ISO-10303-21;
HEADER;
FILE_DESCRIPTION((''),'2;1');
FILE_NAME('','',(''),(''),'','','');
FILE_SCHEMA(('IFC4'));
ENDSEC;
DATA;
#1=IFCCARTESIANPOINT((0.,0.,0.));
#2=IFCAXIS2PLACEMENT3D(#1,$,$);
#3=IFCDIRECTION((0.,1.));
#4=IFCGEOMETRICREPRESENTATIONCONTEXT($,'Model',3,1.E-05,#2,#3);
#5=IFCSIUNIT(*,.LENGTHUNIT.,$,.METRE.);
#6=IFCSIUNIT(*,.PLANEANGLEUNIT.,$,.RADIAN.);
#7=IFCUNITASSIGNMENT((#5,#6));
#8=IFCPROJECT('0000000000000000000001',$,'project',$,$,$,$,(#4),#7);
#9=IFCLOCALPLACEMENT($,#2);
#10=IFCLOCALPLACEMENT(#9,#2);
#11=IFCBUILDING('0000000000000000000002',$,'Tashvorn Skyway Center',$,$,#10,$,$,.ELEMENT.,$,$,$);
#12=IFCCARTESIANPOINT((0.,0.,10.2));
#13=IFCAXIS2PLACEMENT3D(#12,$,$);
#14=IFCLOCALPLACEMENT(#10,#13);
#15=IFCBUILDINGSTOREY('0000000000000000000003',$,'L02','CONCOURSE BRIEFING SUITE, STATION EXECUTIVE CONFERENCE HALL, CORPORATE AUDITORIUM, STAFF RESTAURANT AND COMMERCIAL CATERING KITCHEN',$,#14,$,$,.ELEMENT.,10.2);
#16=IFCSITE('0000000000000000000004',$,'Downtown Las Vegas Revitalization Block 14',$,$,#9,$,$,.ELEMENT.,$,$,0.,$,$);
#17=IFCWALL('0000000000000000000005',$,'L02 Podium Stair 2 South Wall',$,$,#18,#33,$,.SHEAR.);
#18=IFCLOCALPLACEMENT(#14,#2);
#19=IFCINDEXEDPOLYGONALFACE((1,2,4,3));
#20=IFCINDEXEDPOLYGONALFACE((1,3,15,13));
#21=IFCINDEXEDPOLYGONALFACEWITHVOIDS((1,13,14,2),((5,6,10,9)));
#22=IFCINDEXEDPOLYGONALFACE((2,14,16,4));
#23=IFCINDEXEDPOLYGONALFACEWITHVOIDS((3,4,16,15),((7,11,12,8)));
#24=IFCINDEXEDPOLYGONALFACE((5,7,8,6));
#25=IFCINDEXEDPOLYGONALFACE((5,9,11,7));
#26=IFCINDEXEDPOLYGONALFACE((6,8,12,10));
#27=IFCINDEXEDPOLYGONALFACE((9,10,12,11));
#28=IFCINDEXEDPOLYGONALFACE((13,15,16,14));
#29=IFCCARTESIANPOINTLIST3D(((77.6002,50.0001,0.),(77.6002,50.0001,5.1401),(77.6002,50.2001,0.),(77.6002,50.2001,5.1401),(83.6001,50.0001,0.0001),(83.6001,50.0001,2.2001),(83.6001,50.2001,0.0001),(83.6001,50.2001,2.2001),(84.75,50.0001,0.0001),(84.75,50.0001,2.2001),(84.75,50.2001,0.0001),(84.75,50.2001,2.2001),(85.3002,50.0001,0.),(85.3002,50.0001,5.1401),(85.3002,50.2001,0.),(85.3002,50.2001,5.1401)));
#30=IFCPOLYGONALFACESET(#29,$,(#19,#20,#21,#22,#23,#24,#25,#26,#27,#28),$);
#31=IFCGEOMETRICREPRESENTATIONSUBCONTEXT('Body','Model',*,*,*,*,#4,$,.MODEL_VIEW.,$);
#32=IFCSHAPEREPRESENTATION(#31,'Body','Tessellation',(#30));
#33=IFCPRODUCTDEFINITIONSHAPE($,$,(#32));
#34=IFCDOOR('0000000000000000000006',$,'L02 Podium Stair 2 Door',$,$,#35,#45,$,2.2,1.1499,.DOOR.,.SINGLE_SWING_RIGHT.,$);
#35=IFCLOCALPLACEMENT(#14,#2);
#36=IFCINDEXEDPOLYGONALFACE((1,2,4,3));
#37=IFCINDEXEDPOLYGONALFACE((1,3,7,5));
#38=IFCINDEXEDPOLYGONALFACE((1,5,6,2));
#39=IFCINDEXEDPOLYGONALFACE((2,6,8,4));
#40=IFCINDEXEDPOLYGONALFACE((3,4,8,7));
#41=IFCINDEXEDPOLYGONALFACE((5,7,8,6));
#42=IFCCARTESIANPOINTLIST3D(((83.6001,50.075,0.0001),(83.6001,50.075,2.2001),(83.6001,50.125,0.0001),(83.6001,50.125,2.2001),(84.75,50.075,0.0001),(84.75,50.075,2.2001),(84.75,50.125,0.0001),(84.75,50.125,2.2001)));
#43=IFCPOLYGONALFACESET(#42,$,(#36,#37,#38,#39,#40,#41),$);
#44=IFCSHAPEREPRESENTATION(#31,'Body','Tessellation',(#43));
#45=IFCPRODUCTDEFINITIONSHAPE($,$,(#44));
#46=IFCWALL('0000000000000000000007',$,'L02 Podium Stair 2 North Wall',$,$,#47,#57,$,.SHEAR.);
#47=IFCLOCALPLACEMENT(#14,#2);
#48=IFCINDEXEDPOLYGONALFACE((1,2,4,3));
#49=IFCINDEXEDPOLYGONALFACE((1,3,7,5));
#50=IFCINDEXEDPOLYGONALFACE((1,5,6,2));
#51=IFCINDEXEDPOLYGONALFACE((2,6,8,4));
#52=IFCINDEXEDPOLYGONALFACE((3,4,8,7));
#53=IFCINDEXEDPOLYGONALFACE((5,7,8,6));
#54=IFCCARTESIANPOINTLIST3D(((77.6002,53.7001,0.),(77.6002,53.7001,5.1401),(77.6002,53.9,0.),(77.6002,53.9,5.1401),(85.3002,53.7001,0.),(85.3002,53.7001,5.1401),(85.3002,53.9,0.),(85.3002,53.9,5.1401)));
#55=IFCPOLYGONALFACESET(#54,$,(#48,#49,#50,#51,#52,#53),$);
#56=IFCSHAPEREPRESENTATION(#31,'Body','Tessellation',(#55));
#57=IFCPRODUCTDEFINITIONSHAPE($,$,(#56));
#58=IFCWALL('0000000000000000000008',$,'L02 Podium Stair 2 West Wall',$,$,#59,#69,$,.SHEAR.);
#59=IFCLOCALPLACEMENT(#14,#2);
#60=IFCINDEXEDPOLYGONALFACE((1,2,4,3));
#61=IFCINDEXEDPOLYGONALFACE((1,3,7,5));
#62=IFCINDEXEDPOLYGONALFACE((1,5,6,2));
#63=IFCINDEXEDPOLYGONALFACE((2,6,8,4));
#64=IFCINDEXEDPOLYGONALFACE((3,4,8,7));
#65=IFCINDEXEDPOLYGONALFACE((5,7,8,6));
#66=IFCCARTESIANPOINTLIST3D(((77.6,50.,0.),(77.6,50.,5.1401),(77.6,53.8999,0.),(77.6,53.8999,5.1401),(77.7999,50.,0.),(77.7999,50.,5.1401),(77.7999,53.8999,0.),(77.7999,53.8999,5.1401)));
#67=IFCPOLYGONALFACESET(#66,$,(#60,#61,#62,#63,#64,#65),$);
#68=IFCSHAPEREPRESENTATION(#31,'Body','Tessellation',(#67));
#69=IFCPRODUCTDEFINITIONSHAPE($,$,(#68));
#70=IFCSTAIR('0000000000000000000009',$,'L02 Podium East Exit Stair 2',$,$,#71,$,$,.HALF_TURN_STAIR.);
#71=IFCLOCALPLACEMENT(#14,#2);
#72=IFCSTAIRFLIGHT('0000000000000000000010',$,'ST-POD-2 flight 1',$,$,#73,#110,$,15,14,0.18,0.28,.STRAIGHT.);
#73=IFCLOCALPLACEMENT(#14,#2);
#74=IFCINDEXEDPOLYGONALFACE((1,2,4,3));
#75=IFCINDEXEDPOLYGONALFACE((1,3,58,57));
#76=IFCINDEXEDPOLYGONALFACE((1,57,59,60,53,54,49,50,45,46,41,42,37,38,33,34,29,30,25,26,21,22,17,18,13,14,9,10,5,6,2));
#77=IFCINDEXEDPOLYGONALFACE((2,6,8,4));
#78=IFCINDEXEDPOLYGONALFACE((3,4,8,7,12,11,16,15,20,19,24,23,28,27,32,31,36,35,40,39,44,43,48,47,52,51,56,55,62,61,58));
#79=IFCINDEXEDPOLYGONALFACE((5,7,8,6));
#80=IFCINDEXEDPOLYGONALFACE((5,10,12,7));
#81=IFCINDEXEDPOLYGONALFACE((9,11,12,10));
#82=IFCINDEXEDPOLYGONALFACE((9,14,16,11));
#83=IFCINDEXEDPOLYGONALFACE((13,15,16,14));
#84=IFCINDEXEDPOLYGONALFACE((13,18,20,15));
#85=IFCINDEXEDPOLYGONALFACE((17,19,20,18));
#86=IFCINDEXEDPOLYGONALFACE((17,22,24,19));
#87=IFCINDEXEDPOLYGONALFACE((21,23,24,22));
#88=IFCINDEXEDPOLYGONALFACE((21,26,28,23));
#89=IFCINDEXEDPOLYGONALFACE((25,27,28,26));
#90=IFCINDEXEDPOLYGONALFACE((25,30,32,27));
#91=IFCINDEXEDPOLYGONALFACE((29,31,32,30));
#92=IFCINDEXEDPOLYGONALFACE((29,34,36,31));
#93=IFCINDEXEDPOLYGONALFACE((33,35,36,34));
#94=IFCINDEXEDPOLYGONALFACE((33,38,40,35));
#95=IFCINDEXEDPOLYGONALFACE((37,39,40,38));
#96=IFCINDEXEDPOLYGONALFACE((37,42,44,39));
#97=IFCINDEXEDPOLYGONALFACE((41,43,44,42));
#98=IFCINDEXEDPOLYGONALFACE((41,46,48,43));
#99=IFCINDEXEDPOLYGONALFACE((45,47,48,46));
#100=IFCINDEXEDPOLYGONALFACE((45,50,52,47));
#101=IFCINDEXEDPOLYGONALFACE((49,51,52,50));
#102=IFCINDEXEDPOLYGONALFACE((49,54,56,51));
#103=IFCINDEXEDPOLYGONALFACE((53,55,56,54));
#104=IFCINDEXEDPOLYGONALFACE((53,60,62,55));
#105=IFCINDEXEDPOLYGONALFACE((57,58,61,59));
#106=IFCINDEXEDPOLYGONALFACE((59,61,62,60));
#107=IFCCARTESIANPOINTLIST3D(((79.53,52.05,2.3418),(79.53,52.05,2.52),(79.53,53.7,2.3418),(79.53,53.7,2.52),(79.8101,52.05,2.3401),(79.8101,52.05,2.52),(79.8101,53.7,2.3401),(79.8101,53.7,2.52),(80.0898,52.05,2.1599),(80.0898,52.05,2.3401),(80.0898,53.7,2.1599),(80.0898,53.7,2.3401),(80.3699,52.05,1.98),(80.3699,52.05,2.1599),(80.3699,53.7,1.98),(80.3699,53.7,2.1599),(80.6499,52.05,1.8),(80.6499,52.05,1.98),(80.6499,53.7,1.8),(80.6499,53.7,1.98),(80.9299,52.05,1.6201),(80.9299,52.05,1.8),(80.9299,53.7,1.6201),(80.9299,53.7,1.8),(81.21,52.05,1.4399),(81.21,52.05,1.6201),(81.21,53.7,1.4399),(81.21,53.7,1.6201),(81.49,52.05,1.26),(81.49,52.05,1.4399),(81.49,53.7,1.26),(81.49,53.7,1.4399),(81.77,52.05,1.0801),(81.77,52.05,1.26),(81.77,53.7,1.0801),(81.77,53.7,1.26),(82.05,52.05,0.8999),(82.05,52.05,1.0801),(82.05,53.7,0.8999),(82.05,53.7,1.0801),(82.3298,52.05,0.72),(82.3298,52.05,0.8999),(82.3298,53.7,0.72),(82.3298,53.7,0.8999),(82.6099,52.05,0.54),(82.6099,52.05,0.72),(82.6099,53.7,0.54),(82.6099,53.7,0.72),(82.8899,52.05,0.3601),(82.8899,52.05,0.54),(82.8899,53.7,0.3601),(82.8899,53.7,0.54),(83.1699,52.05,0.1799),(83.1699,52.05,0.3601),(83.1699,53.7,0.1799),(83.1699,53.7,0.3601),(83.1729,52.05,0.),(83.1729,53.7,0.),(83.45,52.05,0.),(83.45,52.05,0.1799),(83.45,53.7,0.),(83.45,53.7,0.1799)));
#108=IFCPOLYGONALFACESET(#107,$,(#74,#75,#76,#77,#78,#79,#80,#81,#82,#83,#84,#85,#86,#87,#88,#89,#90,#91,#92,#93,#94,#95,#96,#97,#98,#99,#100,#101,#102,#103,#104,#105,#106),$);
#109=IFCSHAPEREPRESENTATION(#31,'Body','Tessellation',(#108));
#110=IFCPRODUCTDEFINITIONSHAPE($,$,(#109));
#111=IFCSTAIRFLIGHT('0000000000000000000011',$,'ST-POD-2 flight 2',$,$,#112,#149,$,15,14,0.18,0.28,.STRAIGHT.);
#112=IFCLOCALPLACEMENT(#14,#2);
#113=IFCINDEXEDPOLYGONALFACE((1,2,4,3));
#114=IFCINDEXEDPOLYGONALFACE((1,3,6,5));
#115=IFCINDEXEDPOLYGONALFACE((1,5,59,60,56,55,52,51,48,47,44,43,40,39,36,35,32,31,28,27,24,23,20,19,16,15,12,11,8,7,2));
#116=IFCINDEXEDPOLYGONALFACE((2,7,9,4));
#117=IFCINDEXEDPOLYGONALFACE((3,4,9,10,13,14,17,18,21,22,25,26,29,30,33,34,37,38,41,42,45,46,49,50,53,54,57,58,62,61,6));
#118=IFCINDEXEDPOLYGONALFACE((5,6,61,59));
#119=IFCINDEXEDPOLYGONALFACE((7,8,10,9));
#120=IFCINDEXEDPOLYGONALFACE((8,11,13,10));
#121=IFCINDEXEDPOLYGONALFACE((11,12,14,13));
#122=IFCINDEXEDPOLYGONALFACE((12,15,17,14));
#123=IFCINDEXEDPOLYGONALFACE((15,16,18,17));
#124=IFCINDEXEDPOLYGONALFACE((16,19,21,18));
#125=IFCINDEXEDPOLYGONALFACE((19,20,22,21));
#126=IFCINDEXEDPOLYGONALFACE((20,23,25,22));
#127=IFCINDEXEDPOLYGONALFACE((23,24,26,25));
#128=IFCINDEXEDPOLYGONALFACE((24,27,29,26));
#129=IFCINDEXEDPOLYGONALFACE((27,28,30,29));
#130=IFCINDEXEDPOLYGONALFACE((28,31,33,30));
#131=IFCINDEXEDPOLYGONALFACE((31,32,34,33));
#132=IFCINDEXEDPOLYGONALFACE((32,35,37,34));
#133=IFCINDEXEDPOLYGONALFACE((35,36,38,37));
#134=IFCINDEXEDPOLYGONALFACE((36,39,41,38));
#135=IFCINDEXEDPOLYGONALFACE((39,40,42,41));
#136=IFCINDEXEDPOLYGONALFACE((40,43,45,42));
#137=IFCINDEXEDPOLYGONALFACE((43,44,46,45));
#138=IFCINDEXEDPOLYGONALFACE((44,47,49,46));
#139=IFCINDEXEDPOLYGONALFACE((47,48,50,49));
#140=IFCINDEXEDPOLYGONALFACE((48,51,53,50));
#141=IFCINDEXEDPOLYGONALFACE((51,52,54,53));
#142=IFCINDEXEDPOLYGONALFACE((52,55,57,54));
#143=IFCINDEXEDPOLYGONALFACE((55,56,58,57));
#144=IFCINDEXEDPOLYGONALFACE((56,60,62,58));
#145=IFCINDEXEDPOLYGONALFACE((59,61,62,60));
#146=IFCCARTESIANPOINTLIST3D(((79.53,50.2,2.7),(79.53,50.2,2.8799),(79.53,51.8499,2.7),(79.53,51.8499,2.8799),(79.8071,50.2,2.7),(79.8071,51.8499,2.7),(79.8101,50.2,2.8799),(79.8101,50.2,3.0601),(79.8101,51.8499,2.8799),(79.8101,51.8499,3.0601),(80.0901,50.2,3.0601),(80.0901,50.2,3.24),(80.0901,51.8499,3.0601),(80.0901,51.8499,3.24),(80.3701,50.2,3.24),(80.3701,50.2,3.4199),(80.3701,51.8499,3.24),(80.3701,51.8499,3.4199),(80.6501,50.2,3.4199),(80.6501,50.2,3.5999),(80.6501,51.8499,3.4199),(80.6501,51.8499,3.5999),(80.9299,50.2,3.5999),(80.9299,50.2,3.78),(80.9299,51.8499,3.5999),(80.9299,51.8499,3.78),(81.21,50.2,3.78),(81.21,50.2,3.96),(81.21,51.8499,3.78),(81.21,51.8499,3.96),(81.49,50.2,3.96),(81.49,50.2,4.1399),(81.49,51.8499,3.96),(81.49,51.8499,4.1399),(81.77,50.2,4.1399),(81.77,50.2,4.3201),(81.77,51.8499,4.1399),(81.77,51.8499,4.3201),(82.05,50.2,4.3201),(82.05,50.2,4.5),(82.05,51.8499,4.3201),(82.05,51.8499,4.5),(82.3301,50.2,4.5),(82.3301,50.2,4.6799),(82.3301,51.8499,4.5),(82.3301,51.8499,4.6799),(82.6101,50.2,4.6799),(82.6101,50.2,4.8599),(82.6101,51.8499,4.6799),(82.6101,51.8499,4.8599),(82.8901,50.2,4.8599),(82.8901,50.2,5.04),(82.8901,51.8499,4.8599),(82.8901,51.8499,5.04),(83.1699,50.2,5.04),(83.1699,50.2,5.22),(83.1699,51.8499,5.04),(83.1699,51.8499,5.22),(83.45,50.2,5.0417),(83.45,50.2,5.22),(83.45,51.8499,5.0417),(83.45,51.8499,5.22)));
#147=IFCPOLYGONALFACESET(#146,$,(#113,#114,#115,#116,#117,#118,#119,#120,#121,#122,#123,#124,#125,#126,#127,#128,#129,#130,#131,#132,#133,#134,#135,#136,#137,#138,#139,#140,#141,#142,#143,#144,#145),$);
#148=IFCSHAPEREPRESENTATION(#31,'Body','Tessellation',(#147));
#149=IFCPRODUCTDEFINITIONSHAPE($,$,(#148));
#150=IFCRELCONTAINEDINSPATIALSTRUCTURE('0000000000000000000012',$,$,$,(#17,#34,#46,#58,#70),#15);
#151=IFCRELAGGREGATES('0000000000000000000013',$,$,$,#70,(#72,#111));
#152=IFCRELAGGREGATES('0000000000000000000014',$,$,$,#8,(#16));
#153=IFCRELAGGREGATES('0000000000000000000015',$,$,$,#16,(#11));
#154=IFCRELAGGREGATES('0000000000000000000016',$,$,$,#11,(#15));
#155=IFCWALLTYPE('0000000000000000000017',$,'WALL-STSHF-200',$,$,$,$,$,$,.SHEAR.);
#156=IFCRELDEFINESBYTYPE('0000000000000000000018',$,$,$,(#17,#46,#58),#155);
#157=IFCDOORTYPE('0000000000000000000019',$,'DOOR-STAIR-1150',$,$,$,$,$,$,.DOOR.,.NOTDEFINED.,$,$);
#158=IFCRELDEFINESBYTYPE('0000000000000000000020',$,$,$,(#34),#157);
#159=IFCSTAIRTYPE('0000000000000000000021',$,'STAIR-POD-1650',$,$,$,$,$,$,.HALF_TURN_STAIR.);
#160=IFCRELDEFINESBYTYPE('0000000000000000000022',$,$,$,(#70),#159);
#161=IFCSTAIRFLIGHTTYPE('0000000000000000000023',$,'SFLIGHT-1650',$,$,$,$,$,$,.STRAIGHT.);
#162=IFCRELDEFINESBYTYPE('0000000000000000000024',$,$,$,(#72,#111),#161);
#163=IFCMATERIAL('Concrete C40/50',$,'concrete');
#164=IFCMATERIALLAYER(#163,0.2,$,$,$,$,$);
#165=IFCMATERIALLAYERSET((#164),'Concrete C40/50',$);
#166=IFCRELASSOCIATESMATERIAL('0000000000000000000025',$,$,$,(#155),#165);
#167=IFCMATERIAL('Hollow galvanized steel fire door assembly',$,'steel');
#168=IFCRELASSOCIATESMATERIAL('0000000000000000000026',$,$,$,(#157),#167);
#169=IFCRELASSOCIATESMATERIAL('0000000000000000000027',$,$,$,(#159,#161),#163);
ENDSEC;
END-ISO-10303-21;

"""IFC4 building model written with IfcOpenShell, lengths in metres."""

from ifc_helpers import new_model, si_unit, direction, frame, frame_2d, origin, place, context, subcontext, project, spatial, polyline, rectangle, outline, extrude, material, layer, layer_set, type_object, element, fill, aggregate, save


model = new_model("IFC4")

# Units and contexts
model_context = context("Model", 3, precision=1e-05, world=origin(), true_north=direction((0.0, 1.0)))
body_context = subcontext(model_context, "Body", "Model", "MODEL_VIEW")
ifc_project = project(units=[si_unit("LENGTHUNIT", "METRE"), si_unit("PLANEANGLEUNIT", "RADIAN")], contexts=[model_context])

# Site, building, storey
site_placement = place(None, origin())
site = spatial("IfcSite", under=ifc_project, at=site_placement, Name="Downtown Las Vegas Revitalization Block 14", CompositionType="ELEMENT", RefElevation=0.0)
building_placement = place(site_placement, origin())
building = spatial("IfcBuilding", under=site, at=building_placement, Name="Tashvorn Skyway Center", CompositionType="ELEMENT")
storey_placement = place(building_placement, frame((0.0, 0.0, 10.2)))
storey = spatial("IfcBuildingStorey", under=building, at=storey_placement, Name="L02", Description="CONCOURSE BRIEFING SUITE, STATION EXECUTIVE CONFERENCE HALL, CORPORATE AUDITORIUM, STAFF RESTAURANT AND COMMERCIAL CATERING KITCHEN", CompositionType="ELEMENT", Elevation=10.2)

# Shared definitions
ifc_material_1 = material(Name="Hollow galvanized steel fire door assembly", Category="steel")

# Shared definitions
ifc_material_2 = material(Name="Concrete C40/50", Category="concrete")

# Wall, opening, door
ifc_layer_1 = layer(ifc_material_2, 0.2)
ifc_layer_set_1 = layer_set([ifc_layer_1], Name="Concrete C40/50")
wall_type_1 = type_object("IfcWallType", Name="WALL-STSHF-200", PredefinedType="SHEAR", material=ifc_layer_set_1)
wall_1_placement = place(storey_placement, frame((77.6001, 50.1001, 0.0), z_axis=(0.0, 0.0, 1.0), x_axis=(1.0, 0.0, 0.0)))
wall_1 = element("IfcWall", 1, at=wall_1_placement, inside=storey, type_object=wall_type_1, Name="L02 Podium Stair 2 South Wall", PredefinedType="SHEAR", context=body_context, shape_type="SweptSolid", body=[
    extrude(rectangle(XDim=7.7, YDim=0.2, at=frame_2d((3.8501, 0.0))), origin(), (0.0, 0.0, 1.0), 5.1401),
])
opening_1_placement = place(wall_1_placement, frame((6.0, 0.0, 0.0)))
opening_1 = element("IfcOpeningElement", 2, at=opening_1_placement, cuts=wall_1, PredefinedType="OPENING", context=body_context, shape_type="SweptSolid", body=[
    extrude(rectangle(XDim=1.1499, YDim=2.2, at=frame_2d((0.575, 1.1001))), frame((0.0, 0.1099, 0.0), z_axis=(0.0, -1.0, 0.0), x_axis=(1.0, 0.0, 0.0)), (0.0, 0.0, 1.0), 0.22),
])
door_type_1 = type_object("IfcDoorType", Name="DOOR-STAIR-1150", OperationType="NOTDEFINED", PredefinedType="DOOR", material=ifc_material_1)
door_1_placement = place(opening_1_placement, origin())
door_1 = element("IfcDoor", 3, at=door_1_placement, inside=storey, type_object=door_type_1, Name="L02 Podium Stair 2 Door", OperationType="SINGLE_SWING_RIGHT", OverallHeight=2.2, OverallWidth=1.1499, PredefinedType="DOOR", context=body_context, shape_type="SweptSolid", body=[
    extrude(rectangle(XDim=1.1499, YDim=2.2, at=frame_2d((0.575, 1.1001))), frame((0.0, 0.0249, 0.0), z_axis=(0.0, -1.0, 0.0), x_axis=(1.0, 0.0, 0.0)), (0.0, 0.0, 1.0), 0.05),
])
fill(opening_1, door_1)

# Walls
wall_2_placement = place(storey_placement, frame((77.6001, 53.8, 0.0), z_axis=(0.0, 0.0, 1.0), x_axis=(1.0, 0.0, 0.0)))
element("IfcWall", 4, at=wall_2_placement, inside=storey, type_object=wall_type_1, Name="L02 Podium Stair 2 North Wall", PredefinedType="SHEAR", context=body_context, shape_type="SweptSolid", body=[
    extrude(rectangle(XDim=7.7, YDim=0.2, at=frame_2d((3.8501, 0.0))), origin(), (0.0, 0.0, 1.0), 5.1401),
])
wall_3_placement = place(storey_placement, frame((77.7, 50.0, 0.0), z_axis=(0.0, 0.0, 1.0), x_axis=(0.0, 1.0, 0.0)))
element("IfcWall", 5, at=wall_3_placement, inside=storey, type_object=wall_type_1, Name="L02 Podium Stair 2 West Wall", PredefinedType="SHEAR", context=body_context, shape_type="SweptSolid", body=[
    extrude(rectangle(XDim=3.8999, YDim=0.2, at=frame_2d((1.95, 0.0))), origin(), (0.0, 0.0, 1.0), 5.1401),
])

# Stair, stair flights
stair_type = type_object("IfcStairType", Name="STAIR-POD-1650", PredefinedType="HALF_TURN_STAIR", material=ifc_material_2)
stair_placement = place(storey_placement, origin())
stair = element("IfcStair", 6, at=stair_placement, inside=storey, type_object=stair_type, Name="L02 Podium East Exit Stair 2", PredefinedType="HALF_TURN_STAIR")
stair_flight_type = type_object("IfcStairFlightType", Name="SFLIGHT-1650", PredefinedType="STRAIGHT", material=ifc_material_2)
stair_flight_1_placement = place(storey_placement, frame((83.45, 52.875, 0.0), z_axis=(0.0, 0.0, 1.0), x_axis=(-1.0, 0.0, 0.0)))
stair_flight_1 = element("IfcStairFlight", 7, at=stair_flight_1_placement, type_object=stair_flight_type, Name="ST-POD-2 flight 1", NumberOfRisers=15, NumberOfTreads=14, PredefinedType="STRAIGHT", RiserHeight=0.18, TreadLength=0.28, context=body_context, shape_type="SweptSolid", body=[
    extrude(outline(polyline([(0.0, 0.0), (0.0, 0.1799), (0.28, 0.1799), (0.28, 0.3601), (0.5601, 0.3601), (0.5601, 0.54), (0.8401, 0.54), (0.8401, 0.72), (1.1201, 0.72), (1.1201, 0.8999), (1.3999, 0.8999), (1.3999, 1.0801), (1.6799, 1.0801), (1.6799, 1.26), (1.96, 1.26), (1.96, 1.4399), (2.24, 1.4399), (2.24, 1.6201), (2.52, 1.6201), (2.52, 1.8), (2.8, 1.8), (2.8, 1.98), (3.0801, 1.98), (3.0801, 2.1599), (3.3601, 2.1599), (3.3601, 2.3401), (3.6399, 2.3401), (3.6399, 2.52), (3.9199, 2.52), (3.9199, 2.7), (3.9199, 2.3418), (0.2771, 0.0), (0.0, 0.0)])), frame((0.0, 0.825, 0.0), z_axis=(0.0, -1.0, 0.0), x_axis=(1.0, 0.0, 0.0)), (0.0, 0.0, 1.0), 1.6499),
])
stair_flight_2_placement = place(storey_placement, frame((79.53, 51.0249, 2.7), z_axis=(0.0, 0.0, 1.0), x_axis=(1.0, 0.0, 0.0)))
stair_flight_2 = element("IfcStairFlight", 8, at=stair_flight_2_placement, type_object=stair_flight_type, Name="ST-POD-2 flight 2", NumberOfRisers=15, NumberOfTreads=14, PredefinedType="STRAIGHT", RiserHeight=0.18, TreadLength=0.28, context=body_context, shape_type="SweptSolid", body=[
    extrude(outline(polyline([(0.0, 0.0), (0.0, 0.1799), (0.28, 0.1799), (0.28, 0.3601), (0.5601, 0.3601), (0.5601, 0.54), (0.8401, 0.54), (0.8401, 0.72), (1.1201, 0.72), (1.1201, 0.8999), (1.3999, 0.8999), (1.3999, 1.0801), (1.6799, 1.0801), (1.6799, 1.26), (1.96, 1.26), (1.96, 1.4399), (2.24, 1.4399), (2.24, 1.6201), (2.52, 1.6201), (2.52, 1.8), (2.8, 1.8), (2.8, 1.98), (3.0801, 1.98), (3.0801, 2.1599), (3.3601, 2.1599), (3.3601, 2.3401), (3.6399, 2.3401), (3.6399, 2.52), (3.9199, 2.52), (3.9199, 2.7), (3.9199, 2.3418), (0.2771, 0.0), (0.0, 0.0)])), frame((0.0, 0.825, 0.0), z_axis=(0.0, -1.0, 0.0), x_axis=(1.0, 0.0, 0.0)), (0.0, 0.0, 1.0), 1.6499),
])
aggregate(stair, [stair_flight_1, stair_flight_2])

save(model, "model.ifc")
